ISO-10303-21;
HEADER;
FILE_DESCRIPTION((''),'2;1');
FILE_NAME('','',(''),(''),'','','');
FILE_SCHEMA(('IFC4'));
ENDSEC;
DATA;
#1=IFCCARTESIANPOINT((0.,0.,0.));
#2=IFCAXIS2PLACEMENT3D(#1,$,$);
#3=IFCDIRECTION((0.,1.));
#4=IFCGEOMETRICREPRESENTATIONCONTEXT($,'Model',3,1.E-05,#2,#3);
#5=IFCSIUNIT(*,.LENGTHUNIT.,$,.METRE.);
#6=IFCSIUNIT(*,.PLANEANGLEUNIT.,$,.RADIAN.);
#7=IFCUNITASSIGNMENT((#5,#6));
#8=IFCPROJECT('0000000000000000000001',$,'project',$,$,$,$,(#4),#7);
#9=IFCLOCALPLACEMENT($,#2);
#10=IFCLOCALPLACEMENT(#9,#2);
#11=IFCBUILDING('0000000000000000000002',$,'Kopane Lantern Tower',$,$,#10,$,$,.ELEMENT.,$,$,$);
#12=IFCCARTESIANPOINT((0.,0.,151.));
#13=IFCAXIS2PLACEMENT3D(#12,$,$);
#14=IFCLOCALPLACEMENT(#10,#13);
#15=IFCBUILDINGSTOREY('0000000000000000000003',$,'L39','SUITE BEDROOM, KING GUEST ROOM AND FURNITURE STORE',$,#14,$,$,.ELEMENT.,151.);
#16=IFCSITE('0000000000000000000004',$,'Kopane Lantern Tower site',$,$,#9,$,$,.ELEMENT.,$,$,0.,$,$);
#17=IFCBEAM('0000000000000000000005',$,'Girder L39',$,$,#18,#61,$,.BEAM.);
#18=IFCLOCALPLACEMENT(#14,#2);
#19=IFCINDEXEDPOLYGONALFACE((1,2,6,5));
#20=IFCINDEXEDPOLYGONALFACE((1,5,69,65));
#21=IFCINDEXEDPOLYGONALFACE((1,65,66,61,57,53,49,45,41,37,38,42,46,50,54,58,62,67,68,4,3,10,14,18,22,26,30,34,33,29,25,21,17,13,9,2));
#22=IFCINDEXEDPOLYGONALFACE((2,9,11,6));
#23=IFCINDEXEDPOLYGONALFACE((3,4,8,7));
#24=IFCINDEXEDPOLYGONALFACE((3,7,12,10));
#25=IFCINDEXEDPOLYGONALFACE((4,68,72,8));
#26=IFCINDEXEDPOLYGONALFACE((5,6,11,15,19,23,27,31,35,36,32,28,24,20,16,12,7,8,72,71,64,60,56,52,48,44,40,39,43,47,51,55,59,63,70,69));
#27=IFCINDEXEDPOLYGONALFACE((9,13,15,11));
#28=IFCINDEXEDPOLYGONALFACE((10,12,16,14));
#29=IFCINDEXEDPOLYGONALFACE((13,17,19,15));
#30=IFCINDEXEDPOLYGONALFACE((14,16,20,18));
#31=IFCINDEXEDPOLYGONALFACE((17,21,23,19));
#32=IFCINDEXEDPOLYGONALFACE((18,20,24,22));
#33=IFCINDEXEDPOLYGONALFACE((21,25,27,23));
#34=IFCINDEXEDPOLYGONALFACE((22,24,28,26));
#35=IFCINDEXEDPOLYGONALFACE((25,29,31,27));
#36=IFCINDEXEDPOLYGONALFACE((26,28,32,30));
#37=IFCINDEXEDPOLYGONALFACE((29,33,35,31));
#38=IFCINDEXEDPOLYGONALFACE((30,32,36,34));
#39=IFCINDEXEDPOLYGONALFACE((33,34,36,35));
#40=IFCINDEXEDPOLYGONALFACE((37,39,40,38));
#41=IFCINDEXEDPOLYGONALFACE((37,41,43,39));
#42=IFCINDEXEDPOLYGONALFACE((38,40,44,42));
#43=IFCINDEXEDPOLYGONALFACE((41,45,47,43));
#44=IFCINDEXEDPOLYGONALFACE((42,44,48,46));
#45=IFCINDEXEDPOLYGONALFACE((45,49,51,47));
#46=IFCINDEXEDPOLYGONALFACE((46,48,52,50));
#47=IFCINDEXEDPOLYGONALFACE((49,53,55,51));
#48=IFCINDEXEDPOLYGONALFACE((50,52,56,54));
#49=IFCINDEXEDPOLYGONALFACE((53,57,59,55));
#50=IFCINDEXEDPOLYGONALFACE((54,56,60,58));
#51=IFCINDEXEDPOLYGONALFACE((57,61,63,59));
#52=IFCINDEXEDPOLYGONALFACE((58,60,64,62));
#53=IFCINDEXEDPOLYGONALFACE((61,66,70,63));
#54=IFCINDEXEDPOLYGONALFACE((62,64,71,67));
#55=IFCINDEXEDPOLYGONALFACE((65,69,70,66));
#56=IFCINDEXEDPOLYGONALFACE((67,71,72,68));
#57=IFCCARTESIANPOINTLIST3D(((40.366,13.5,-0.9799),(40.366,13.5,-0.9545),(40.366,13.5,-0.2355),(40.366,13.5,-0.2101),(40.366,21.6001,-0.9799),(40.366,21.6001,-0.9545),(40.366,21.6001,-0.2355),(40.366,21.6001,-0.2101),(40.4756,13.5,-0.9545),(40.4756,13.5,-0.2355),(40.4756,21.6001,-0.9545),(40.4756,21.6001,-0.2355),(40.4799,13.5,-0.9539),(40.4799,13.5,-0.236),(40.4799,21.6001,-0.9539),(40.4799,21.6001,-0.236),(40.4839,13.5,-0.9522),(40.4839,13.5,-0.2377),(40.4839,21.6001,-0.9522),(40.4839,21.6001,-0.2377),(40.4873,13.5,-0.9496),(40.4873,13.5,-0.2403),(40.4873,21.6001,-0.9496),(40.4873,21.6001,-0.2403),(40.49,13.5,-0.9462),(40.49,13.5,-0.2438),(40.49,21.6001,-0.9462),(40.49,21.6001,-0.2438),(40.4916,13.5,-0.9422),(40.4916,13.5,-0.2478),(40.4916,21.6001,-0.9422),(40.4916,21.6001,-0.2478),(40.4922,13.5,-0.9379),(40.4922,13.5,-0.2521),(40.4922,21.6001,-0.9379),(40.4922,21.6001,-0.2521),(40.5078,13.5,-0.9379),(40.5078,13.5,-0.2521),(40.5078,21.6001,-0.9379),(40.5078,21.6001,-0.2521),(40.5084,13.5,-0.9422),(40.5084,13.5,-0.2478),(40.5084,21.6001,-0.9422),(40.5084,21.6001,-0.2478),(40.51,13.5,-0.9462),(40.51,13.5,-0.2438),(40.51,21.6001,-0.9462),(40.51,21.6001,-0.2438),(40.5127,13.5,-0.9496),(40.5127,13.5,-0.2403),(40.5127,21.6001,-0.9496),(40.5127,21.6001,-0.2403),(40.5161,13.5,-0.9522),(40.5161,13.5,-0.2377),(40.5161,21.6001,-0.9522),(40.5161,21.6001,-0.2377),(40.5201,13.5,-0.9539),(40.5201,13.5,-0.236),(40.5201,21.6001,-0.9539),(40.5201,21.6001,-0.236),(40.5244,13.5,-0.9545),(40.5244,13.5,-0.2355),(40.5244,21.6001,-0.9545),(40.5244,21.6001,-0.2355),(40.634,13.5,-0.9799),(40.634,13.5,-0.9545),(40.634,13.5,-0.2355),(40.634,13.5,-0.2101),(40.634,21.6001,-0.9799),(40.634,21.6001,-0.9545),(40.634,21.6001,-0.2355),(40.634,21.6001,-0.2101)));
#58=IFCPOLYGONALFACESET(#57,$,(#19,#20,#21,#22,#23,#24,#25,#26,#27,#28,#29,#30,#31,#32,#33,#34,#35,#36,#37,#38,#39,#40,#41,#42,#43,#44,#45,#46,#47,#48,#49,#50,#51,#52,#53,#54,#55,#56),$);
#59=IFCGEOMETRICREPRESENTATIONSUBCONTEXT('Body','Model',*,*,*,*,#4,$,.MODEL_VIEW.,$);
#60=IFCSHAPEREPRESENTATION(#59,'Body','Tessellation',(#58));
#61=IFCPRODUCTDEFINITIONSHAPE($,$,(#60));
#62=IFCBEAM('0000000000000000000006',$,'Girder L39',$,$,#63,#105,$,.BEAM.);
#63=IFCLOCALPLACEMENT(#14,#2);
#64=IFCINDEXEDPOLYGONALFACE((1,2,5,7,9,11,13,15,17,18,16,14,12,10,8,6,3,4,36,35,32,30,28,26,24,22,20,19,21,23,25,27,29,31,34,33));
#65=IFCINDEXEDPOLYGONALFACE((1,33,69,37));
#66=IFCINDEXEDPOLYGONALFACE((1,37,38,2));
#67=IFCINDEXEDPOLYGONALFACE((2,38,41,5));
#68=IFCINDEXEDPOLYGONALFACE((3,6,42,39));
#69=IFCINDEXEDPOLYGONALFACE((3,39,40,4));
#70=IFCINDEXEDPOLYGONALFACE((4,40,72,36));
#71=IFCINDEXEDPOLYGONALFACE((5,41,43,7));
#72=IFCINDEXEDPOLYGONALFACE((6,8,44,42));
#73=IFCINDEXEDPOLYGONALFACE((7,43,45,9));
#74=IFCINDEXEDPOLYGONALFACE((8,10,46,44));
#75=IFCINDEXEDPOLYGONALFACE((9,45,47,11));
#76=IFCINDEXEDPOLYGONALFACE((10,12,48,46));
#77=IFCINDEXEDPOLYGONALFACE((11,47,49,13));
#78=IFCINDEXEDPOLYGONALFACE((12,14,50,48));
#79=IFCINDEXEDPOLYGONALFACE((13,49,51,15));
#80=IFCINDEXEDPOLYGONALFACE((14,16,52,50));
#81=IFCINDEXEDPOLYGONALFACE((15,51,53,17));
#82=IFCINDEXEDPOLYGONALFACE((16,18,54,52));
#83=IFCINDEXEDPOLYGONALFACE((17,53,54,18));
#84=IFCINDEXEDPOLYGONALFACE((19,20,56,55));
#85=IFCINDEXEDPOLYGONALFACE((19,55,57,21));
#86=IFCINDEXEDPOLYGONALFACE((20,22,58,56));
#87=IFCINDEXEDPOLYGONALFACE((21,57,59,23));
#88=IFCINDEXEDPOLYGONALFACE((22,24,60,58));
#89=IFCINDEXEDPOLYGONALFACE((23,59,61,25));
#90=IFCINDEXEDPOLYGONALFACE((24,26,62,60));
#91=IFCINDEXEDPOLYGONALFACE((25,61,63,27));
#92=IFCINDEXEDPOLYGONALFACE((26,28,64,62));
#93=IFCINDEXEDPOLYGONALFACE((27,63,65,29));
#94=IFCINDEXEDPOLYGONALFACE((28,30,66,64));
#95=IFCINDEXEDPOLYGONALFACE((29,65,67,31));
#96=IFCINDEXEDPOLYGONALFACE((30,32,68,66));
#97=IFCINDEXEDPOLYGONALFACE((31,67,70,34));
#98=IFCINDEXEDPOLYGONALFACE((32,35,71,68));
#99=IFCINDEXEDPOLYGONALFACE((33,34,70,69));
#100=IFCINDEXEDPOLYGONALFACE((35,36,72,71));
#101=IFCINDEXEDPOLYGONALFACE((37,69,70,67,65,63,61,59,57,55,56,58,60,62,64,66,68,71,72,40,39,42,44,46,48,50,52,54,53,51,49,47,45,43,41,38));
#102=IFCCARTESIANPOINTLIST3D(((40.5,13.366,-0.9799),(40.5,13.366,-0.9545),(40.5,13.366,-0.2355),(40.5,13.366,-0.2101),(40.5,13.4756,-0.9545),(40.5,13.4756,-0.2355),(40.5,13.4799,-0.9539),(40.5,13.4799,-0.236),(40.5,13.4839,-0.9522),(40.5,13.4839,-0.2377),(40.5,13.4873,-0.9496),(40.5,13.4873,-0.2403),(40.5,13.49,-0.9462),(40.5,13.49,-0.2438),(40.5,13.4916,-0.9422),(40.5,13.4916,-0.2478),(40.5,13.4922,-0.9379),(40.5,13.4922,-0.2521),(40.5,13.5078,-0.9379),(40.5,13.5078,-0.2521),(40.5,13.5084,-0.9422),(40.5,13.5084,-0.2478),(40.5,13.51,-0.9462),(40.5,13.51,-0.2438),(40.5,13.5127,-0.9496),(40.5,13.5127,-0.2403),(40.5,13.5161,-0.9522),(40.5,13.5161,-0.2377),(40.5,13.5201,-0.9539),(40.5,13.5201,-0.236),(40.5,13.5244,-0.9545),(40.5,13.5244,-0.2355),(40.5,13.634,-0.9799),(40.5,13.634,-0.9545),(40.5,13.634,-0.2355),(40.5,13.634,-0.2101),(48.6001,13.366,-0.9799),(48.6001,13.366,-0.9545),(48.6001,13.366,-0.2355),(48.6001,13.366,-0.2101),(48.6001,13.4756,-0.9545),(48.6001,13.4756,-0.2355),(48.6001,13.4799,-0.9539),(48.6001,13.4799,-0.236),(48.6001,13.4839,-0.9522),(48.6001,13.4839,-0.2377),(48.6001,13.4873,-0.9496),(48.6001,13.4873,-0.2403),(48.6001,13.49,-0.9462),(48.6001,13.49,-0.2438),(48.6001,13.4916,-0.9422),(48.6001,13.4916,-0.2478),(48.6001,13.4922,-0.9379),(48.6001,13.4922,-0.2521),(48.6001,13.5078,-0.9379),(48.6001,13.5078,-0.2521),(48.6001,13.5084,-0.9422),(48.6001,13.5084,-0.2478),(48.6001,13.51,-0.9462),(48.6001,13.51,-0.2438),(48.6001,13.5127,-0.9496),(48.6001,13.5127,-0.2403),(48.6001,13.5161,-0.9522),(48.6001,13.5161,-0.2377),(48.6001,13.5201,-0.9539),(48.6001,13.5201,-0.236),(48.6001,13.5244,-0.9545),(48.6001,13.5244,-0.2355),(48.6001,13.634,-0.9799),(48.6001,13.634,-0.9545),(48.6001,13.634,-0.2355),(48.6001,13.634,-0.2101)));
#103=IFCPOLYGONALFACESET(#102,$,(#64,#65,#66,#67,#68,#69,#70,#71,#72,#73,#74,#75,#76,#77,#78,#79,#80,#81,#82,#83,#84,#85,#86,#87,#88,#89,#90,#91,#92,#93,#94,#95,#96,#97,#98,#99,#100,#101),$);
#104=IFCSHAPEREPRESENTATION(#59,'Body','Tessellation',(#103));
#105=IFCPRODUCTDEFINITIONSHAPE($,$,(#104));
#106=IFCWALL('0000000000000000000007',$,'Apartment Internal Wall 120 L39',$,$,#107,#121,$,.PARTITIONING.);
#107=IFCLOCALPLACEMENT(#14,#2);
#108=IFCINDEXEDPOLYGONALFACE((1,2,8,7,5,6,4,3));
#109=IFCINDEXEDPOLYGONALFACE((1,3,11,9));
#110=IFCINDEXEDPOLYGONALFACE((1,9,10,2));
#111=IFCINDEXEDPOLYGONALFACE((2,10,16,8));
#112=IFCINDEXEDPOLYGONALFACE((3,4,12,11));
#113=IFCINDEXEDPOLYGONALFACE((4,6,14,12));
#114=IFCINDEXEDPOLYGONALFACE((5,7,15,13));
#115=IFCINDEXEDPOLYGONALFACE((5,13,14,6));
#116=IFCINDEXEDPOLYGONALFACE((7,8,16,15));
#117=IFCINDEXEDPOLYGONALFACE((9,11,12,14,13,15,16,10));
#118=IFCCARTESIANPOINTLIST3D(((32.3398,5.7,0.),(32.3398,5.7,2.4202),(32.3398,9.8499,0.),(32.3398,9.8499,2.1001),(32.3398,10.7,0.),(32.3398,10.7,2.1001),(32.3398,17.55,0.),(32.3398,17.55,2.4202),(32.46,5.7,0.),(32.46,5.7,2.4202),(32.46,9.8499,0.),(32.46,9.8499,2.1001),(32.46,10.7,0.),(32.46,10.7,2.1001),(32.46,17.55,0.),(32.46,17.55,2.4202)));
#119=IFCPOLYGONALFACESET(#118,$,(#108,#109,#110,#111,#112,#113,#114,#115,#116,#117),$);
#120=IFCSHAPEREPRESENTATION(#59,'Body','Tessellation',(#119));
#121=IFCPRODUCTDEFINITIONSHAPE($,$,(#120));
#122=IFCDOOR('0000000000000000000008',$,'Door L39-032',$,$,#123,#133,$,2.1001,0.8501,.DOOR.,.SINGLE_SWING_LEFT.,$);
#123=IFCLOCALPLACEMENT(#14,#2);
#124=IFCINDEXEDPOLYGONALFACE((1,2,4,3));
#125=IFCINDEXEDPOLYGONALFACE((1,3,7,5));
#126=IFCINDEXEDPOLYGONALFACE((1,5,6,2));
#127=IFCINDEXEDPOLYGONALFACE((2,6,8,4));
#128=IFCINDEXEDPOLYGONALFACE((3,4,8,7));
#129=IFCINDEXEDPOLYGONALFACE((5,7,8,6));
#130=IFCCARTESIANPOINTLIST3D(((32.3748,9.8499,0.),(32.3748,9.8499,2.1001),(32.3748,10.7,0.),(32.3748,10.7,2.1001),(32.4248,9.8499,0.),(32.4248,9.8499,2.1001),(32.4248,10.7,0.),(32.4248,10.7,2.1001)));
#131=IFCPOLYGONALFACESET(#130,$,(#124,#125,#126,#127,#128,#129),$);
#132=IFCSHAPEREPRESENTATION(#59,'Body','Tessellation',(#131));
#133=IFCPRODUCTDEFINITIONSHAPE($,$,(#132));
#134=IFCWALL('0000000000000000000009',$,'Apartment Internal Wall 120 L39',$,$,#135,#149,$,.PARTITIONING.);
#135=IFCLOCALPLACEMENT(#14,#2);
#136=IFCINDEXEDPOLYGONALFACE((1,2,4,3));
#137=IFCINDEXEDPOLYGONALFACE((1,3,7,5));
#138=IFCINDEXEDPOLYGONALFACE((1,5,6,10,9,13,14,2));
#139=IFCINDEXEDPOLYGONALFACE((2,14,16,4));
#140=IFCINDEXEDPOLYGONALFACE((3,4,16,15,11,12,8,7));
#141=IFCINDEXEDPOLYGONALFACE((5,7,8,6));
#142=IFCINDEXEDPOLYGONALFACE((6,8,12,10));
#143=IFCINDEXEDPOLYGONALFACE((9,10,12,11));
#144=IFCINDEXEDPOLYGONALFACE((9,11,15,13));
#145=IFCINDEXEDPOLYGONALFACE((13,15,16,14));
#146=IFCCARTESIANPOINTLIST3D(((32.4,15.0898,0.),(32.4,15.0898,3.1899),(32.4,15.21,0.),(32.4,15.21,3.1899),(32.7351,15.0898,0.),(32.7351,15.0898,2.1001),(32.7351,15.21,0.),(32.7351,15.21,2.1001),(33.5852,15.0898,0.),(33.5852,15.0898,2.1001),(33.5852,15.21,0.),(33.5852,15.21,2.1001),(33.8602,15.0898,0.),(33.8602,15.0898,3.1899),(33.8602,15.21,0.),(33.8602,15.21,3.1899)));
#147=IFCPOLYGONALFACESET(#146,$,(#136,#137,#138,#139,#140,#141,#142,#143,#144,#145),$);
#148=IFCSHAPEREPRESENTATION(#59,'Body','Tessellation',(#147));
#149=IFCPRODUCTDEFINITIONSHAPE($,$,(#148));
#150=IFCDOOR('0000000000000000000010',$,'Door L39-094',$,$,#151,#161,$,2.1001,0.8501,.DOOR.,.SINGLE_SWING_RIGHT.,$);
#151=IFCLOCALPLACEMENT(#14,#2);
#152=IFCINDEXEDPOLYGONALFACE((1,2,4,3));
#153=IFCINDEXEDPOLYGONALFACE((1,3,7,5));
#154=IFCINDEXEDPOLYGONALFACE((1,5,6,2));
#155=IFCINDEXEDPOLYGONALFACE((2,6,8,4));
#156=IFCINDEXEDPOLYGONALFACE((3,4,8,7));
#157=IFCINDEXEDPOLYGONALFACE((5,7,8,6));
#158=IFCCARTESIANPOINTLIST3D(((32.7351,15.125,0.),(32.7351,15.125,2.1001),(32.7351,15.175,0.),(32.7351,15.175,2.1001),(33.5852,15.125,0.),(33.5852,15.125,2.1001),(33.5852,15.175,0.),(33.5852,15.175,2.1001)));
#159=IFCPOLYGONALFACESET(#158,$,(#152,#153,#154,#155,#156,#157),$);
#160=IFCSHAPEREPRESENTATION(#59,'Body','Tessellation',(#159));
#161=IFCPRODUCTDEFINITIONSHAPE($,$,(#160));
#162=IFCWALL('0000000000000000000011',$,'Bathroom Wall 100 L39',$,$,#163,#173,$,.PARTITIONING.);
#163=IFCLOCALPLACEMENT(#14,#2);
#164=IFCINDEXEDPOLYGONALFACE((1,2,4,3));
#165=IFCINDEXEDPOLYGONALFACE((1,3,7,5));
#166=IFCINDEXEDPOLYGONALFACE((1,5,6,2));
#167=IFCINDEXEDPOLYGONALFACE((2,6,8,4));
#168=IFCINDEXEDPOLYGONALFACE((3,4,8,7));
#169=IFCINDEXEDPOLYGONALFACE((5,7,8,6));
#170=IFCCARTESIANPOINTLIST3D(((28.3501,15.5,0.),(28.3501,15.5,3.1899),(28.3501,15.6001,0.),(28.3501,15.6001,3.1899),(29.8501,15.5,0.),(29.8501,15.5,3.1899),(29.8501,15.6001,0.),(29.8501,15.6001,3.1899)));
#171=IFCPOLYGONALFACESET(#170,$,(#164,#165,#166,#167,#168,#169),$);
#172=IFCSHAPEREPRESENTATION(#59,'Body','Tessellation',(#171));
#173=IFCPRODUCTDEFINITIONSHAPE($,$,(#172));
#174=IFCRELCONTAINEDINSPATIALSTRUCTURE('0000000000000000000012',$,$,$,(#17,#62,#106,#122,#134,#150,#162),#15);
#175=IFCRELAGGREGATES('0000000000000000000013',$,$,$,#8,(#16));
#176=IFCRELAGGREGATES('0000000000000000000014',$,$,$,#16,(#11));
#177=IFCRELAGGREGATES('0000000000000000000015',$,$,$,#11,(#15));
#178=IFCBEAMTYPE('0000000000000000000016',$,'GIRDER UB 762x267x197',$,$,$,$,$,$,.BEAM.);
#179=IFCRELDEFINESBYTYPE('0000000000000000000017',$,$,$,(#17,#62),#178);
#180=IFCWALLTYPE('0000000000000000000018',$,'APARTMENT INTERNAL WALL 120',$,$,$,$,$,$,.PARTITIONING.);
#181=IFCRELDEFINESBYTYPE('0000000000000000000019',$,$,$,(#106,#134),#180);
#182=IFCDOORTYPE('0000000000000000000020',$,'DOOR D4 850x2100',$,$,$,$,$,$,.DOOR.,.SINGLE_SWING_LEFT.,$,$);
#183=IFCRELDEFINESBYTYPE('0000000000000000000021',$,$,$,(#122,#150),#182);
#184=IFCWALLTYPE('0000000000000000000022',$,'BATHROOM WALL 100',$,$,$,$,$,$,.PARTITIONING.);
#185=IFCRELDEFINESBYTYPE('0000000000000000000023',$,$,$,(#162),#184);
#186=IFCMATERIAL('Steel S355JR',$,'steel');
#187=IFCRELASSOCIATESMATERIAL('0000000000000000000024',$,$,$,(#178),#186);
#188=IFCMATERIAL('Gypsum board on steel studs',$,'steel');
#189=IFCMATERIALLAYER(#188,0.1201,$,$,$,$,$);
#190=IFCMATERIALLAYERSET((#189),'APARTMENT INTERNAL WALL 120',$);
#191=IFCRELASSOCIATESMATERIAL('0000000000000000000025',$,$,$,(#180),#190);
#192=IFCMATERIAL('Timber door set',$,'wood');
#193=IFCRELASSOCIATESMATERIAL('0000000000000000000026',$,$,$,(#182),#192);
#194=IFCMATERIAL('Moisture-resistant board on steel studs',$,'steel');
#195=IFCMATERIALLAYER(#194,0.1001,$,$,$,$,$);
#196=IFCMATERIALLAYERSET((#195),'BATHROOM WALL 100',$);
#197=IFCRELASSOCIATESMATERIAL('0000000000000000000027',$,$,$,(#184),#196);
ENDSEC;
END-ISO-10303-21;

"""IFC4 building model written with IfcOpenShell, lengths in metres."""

from ifc_helpers import new_model, si_unit, direction, frame, frame_2d, origin, origin_2d, place, context, subcontext, project, spatial, rectangle, i_section, extrude, material, layer, layer_set, material_profile, profile_set, type_object, element, fill, save


model = new_model("IFC4")

# Units and contexts
model_context = context("Model", 3, precision=1e-05, world=origin(), true_north=direction((0.0, 1.0)))
body_context = subcontext(model_context, "Body", "Model", "MODEL_VIEW")
ifc_project = project(units=[si_unit("LENGTHUNIT", "METRE"), si_unit("PLANEANGLEUNIT", "RADIAN")], contexts=[model_context])

# Site, building, storey
site_placement = place(None, origin())
site = spatial("IfcSite", under=ifc_project, at=site_placement, Name="Kopane Lantern Tower site", CompositionType="ELEMENT", RefElevation=0.0)
building_placement = place(site_placement, origin())
building = spatial("IfcBuilding", under=site, at=building_placement, Name="Kopane Lantern Tower", CompositionType="ELEMENT")
storey_placement = place(building_placement, frame((0.0, 0.0, 151.0)))
storey = spatial("IfcBuildingStorey", under=building, at=storey_placement, Name="L39", Description="SUITE BEDROOM, KING GUEST ROOM AND FURNITURE STORE", CompositionType="ELEMENT", Elevation=151.0)

# Beams
ifc_material_1 = material(Name="Steel S355JR", Category="steel")
ifc_material_profile_1 = material_profile(ifc_material_1, i_section(OverallWidth=0.2681, OverallDepth=0.7698, WebThickness=0.0156, FlangeThickness=0.0254, FilletRadius=0.0166, at=origin_2d()), Name="UB 762x267x197")
ifc_profile_set_1 = profile_set([ifc_material_profile_1], Name="Steel S355JR")
beam_type = type_object("IfcBeamType", Name="GIRDER UB 762x267x197", PredefinedType="BEAM", material=ifc_profile_set_1)
for number, where, z_axis, x_axis, name in (
    (1, (40.5, 13.5, -0.595), (0.0, 1.0, 0.0), (-1.0, 0.0, 0.0), "Girder L39"),
    (2, (40.5, 13.5, -0.595), (1.0, 0.0, 0.0), (0.0, 1.0, 0.0), "Girder L39"),
):
    element("IfcBeam", number, at=place(storey_placement, frame(where, z_axis=z_axis, x_axis=x_axis)), inside=storey, type_object=beam_type, Name=name, PredefinedType="BEAM", context=body_context, shape_type="SweptSolid", body=[
        extrude(i_section(OverallWidth=0.2681, OverallDepth=0.7698, WebThickness=0.0156, FlangeThickness=0.0254, FilletRadius=0.0166, at=origin_2d()), origin(), (0.0, 0.0, 1.0), 8.1001),
    ])

# Walls, openings, doors
ifc_material_2 = material(Name="Gypsum board on steel studs", Category="steel")
ifc_layer_1 = layer(ifc_material_2, 0.1201)
ifc_layer_set_1 = layer_set([ifc_layer_1], Name="APARTMENT INTERNAL WALL 120")
wall_type_1 = type_object("IfcWallType", Name="APARTMENT INTERNAL WALL 120", PredefinedType="PARTITIONING", material=ifc_layer_set_1)
wall_1_placement = place(storey_placement, frame((32.3999, 17.55, 0.0), z_axis=(0.0, 0.0, 1.0), x_axis=(0.0, -1.0, 0.0)))
wall_1 = element("IfcWall", 3, at=wall_1_placement, inside=storey, type_object=wall_type_1, Name="Apartment Internal Wall 120 L39", PredefinedType="PARTITIONING", context=body_context, shape_type="SweptSolid", body=[
    extrude(rectangle(XDim=11.8501, YDim=0.1201, at=frame_2d((5.925, 0.0))), origin(), (0.0, 0.0, 1.0), 2.4202),
])
opening_1_placement = place(wall_1_placement, frame((6.8501, 0.0, 0.0)))
opening_1 = element("IfcOpeningElement", 4, at=opening_1_placement, cuts=wall_1, PredefinedType="OPENING", context=body_context, shape_type="SweptSolid", body=[
    extrude(rectangle(XDim=0.8501, YDim=2.1001, at=frame_2d((0.425, 1.05))), frame((0.0, 0.0701, 0.0), z_axis=(0.0, -1.0, 0.0), x_axis=(1.0, 0.0, 0.0)), (0.0, 0.0, 1.0), 0.1401),
])
ifc_material_3 = material(Name="Timber door set", Category="wood")
door_type_1 = type_object("IfcDoorType", Name="DOOR D4 850x2100", OperationType="SINGLE_SWING_LEFT", PredefinedType="DOOR", material=ifc_material_3)
door_1_placement = place(opening_1_placement, origin())
door_1 = element("IfcDoor", 5, at=door_1_placement, inside=storey, type_object=door_type_1, Name="Door L39-032", OperationType="SINGLE_SWING_LEFT", OverallHeight=2.1001, OverallWidth=0.8501, PredefinedType="DOOR", context=body_context, shape_type="SweptSolid", body=[
    extrude(rectangle(XDim=0.8501, YDim=2.1001, at=frame_2d((0.425, 1.05))), frame((0.0, 0.0249, 0.0), z_axis=(0.0, -1.0, 0.0), x_axis=(1.0, 0.0, 0.0)), (0.0, 0.0, 1.0), 0.05),
])
fill(opening_1, door_1)
wall_2_placement = place(storey_placement, frame((33.8601, 15.1499, 0.0), z_axis=(0.0, 0.0, 1.0), x_axis=(-1.0, 0.0, 0.0)))
wall_2 = element("IfcWall", 6, at=wall_2_placement, inside=storey, type_object=wall_type_1, Name="Apartment Internal Wall 120 L39", PredefinedType="PARTITIONING", context=body_context, shape_type="SweptSolid", body=[
    extrude(rectangle(XDim=1.4602, YDim=0.1201, at=frame_2d((0.73, 0.0))), origin(), (0.0, 0.0, 1.0), 3.1899),
])
opening_2_placement = place(wall_2_placement, frame((0.2749, 0.0, 0.0)))
opening_2 = element("IfcOpeningElement", 7, at=opening_2_placement, cuts=wall_2, PredefinedType="OPENING", context=body_context, shape_type="SweptSolid", body=[
    extrude(rectangle(XDim=0.8501, YDim=2.1001, at=frame_2d((0.425, 1.05))), frame((0.0, 0.0701, 0.0), z_axis=(0.0, -1.0, 0.0), x_axis=(1.0, 0.0, 0.0)), (0.0, 0.0, 1.0), 0.1401),
])
door_2_placement = place(opening_2_placement, origin())
door_2 = element("IfcDoor", 8, at=door_2_placement, inside=storey, type_object=door_type_1, Name="Door L39-094", OperationType="SINGLE_SWING_RIGHT", OverallHeight=2.1001, OverallWidth=0.8501, PredefinedType="DOOR", context=body_context, shape_type="SweptSolid", body=[
    extrude(rectangle(XDim=0.8501, YDim=2.1001, at=frame_2d((0.425, 1.05))), frame((0.0, 0.0249, 0.0), z_axis=(0.0, -1.0, 0.0), x_axis=(1.0, 0.0, 0.0)), (0.0, 0.0, 1.0), 0.05),
])
fill(opening_2, door_2)

# Wall
ifc_material_4 = material(Name="Moisture-resistant board on steel studs", Category="steel")
ifc_layer_2 = layer(ifc_material_4, 0.1001)
ifc_layer_set_2 = layer_set([ifc_layer_2], Name="BATHROOM WALL 100")
wall_type_2 = type_object("IfcWallType", Name="BATHROOM WALL 100", PredefinedType="PARTITIONING", material=ifc_layer_set_2)
wall_3_placement = place(storey_placement, frame((28.3501, 15.55, 0.0), z_axis=(0.0, 0.0, 1.0), x_axis=(1.0, 0.0, 0.0)))
element("IfcWall", 9, at=wall_3_placement, inside=storey, type_object=wall_type_2, Name="Bathroom Wall 100 L39", PredefinedType="PARTITIONING", context=body_context, shape_type="SweptSolid", body=[
    extrude(rectangle(XDim=1.5, YDim=0.1001, at=frame_2d((0.75, 0.0))), origin(), (0.0, 0.0, 1.0), 3.1899),
])

save(model, "model.ifc")
